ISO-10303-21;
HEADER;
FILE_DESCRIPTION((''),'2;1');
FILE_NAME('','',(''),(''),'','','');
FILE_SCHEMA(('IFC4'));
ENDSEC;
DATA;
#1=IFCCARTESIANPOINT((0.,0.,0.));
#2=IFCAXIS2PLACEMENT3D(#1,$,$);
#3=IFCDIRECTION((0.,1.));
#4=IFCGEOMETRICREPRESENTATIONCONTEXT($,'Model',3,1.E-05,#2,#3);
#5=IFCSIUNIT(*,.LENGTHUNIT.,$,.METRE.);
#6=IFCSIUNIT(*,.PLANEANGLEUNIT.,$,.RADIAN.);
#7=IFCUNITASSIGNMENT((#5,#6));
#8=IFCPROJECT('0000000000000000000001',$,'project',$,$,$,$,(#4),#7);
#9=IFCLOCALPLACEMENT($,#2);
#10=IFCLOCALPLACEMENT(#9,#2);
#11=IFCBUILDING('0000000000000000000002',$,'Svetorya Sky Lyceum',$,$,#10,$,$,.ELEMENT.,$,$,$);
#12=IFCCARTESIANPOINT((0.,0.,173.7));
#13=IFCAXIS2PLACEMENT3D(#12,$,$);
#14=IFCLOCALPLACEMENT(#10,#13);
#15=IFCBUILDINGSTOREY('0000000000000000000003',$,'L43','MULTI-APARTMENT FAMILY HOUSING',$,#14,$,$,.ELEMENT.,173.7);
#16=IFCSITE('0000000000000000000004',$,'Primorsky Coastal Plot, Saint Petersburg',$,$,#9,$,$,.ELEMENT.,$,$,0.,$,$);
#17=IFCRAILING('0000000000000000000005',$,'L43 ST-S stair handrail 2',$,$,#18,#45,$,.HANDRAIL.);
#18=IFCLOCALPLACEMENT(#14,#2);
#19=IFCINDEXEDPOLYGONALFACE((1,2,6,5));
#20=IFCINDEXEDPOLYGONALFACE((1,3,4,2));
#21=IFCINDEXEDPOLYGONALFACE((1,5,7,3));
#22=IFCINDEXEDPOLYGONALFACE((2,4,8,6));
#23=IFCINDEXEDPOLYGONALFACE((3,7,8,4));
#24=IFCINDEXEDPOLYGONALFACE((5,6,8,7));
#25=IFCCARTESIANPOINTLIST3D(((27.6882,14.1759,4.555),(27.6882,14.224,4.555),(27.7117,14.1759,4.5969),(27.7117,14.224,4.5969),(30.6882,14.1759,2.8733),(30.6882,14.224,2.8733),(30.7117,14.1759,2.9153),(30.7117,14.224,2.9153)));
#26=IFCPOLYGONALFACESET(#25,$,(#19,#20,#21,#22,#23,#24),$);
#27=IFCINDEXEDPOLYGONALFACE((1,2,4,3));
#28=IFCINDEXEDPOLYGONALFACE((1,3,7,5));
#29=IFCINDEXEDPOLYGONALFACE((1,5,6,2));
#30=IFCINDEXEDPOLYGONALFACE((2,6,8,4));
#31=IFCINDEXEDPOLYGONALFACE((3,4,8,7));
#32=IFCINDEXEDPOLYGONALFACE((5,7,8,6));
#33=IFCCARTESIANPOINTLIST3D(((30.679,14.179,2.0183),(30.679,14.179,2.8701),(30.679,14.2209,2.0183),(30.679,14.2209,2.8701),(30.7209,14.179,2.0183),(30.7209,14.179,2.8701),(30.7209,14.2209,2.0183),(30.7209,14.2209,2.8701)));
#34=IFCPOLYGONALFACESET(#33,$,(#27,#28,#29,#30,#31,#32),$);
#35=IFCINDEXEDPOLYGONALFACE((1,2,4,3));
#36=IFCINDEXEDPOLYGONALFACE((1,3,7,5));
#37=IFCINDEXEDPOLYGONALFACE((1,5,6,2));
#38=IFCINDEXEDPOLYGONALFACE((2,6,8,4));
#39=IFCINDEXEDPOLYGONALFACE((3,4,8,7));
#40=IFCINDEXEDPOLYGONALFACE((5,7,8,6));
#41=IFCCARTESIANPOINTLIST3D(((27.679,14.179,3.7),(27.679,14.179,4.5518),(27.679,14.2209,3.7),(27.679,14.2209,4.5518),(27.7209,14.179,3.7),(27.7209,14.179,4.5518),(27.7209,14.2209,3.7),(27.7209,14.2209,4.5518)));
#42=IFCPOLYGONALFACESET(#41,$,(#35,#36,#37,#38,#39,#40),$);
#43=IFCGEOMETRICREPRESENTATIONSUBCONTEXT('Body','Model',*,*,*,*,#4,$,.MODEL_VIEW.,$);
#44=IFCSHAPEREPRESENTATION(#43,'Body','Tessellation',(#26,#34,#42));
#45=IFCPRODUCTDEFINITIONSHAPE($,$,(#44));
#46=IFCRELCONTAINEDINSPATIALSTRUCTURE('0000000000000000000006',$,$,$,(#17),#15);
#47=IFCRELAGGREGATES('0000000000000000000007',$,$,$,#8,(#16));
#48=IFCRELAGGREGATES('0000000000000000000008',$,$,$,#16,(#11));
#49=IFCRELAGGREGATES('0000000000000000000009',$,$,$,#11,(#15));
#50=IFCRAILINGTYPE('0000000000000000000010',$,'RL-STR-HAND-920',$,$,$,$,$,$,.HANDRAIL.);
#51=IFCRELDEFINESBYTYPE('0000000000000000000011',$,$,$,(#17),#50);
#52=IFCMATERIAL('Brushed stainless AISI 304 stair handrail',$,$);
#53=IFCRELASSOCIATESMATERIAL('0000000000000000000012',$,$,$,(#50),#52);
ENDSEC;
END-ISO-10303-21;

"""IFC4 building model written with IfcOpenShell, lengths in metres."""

from ifc_helpers import new_model, si_unit, direction, frame, origin, origin_2d, place, context, subcontext, project, spatial, rectangle, extrude, material, type_object, element, save


model = new_model("IFC4")

# Units and contexts
model_context = context("Model", 3, precision=1e-05, world=origin(), true_north=direction((0.0, 1.0)))
body_context = subcontext(model_context, "Body", "Model", "MODEL_VIEW")
ifc_project = project(units=[si_unit("LENGTHUNIT", "METRE"), si_unit("PLANEANGLEUNIT", "RADIAN")], contexts=[model_context])

# Site, building, storey
site_placement = place(None, origin())
site = spatial("IfcSite", under=ifc_project, at=site_placement, Name="Primorsky Coastal Plot, Saint Petersburg", CompositionType="ELEMENT", RefElevation=0.0)
building_placement = place(site_placement, origin())
building = spatial("IfcBuilding", under=site, at=building_placement, Name="Svetorya Sky Lyceum", CompositionType="ELEMENT")
storey_placement = place(building_placement, frame((0.0, 0.0, 173.7)))
storey = spatial("IfcBuildingStorey", under=building, at=storey_placement, Name="L43", Description="MULTI-APARTMENT FAMILY HOUSING", CompositionType="ELEMENT", Elevation=173.7)

# Railing
ifc_material_1 = material(Name="Brushed stainless AISI 304 stair handrail")
railing_type_1 = type_object("IfcRailingType", Name="RL-STR-HAND-920", PredefinedType="HANDRAIL", material=ifc_material_1)
railing_1_placement = place(storey_placement, frame((30.7, 14.2, 2.0183)))
element("IfcRailing", 1, at=railing_1_placement, inside=storey, type_object=railing_type_1, Name="L43 ST-S stair handrail 2", PredefinedType="HANDRAIL", context=body_context, shape_type="SweptSolid", body=[
    extrude(rectangle(XDim=0.0481, YDim=0.0481, at=origin_2d()), frame((0.0, 0.0, 0.876), z_axis=(-0.872303, 0.0, 0.488966), x_axis=(0.0, -1.0, 0.0)), (0.0, 0.0, 1.0), 3.4392),
    extrude(rectangle(XDim=0.042, YDim=0.042, at=origin_2d()), origin(), (0.0, 0.0, 1.0), 0.8518),
    extrude(rectangle(XDim=0.042, YDim=0.042, at=origin_2d()), frame((-3.0, 0.0, 1.6816)), (0.0, 0.0, 1.0), 0.8518),
])

save(model, "model.ifc")
